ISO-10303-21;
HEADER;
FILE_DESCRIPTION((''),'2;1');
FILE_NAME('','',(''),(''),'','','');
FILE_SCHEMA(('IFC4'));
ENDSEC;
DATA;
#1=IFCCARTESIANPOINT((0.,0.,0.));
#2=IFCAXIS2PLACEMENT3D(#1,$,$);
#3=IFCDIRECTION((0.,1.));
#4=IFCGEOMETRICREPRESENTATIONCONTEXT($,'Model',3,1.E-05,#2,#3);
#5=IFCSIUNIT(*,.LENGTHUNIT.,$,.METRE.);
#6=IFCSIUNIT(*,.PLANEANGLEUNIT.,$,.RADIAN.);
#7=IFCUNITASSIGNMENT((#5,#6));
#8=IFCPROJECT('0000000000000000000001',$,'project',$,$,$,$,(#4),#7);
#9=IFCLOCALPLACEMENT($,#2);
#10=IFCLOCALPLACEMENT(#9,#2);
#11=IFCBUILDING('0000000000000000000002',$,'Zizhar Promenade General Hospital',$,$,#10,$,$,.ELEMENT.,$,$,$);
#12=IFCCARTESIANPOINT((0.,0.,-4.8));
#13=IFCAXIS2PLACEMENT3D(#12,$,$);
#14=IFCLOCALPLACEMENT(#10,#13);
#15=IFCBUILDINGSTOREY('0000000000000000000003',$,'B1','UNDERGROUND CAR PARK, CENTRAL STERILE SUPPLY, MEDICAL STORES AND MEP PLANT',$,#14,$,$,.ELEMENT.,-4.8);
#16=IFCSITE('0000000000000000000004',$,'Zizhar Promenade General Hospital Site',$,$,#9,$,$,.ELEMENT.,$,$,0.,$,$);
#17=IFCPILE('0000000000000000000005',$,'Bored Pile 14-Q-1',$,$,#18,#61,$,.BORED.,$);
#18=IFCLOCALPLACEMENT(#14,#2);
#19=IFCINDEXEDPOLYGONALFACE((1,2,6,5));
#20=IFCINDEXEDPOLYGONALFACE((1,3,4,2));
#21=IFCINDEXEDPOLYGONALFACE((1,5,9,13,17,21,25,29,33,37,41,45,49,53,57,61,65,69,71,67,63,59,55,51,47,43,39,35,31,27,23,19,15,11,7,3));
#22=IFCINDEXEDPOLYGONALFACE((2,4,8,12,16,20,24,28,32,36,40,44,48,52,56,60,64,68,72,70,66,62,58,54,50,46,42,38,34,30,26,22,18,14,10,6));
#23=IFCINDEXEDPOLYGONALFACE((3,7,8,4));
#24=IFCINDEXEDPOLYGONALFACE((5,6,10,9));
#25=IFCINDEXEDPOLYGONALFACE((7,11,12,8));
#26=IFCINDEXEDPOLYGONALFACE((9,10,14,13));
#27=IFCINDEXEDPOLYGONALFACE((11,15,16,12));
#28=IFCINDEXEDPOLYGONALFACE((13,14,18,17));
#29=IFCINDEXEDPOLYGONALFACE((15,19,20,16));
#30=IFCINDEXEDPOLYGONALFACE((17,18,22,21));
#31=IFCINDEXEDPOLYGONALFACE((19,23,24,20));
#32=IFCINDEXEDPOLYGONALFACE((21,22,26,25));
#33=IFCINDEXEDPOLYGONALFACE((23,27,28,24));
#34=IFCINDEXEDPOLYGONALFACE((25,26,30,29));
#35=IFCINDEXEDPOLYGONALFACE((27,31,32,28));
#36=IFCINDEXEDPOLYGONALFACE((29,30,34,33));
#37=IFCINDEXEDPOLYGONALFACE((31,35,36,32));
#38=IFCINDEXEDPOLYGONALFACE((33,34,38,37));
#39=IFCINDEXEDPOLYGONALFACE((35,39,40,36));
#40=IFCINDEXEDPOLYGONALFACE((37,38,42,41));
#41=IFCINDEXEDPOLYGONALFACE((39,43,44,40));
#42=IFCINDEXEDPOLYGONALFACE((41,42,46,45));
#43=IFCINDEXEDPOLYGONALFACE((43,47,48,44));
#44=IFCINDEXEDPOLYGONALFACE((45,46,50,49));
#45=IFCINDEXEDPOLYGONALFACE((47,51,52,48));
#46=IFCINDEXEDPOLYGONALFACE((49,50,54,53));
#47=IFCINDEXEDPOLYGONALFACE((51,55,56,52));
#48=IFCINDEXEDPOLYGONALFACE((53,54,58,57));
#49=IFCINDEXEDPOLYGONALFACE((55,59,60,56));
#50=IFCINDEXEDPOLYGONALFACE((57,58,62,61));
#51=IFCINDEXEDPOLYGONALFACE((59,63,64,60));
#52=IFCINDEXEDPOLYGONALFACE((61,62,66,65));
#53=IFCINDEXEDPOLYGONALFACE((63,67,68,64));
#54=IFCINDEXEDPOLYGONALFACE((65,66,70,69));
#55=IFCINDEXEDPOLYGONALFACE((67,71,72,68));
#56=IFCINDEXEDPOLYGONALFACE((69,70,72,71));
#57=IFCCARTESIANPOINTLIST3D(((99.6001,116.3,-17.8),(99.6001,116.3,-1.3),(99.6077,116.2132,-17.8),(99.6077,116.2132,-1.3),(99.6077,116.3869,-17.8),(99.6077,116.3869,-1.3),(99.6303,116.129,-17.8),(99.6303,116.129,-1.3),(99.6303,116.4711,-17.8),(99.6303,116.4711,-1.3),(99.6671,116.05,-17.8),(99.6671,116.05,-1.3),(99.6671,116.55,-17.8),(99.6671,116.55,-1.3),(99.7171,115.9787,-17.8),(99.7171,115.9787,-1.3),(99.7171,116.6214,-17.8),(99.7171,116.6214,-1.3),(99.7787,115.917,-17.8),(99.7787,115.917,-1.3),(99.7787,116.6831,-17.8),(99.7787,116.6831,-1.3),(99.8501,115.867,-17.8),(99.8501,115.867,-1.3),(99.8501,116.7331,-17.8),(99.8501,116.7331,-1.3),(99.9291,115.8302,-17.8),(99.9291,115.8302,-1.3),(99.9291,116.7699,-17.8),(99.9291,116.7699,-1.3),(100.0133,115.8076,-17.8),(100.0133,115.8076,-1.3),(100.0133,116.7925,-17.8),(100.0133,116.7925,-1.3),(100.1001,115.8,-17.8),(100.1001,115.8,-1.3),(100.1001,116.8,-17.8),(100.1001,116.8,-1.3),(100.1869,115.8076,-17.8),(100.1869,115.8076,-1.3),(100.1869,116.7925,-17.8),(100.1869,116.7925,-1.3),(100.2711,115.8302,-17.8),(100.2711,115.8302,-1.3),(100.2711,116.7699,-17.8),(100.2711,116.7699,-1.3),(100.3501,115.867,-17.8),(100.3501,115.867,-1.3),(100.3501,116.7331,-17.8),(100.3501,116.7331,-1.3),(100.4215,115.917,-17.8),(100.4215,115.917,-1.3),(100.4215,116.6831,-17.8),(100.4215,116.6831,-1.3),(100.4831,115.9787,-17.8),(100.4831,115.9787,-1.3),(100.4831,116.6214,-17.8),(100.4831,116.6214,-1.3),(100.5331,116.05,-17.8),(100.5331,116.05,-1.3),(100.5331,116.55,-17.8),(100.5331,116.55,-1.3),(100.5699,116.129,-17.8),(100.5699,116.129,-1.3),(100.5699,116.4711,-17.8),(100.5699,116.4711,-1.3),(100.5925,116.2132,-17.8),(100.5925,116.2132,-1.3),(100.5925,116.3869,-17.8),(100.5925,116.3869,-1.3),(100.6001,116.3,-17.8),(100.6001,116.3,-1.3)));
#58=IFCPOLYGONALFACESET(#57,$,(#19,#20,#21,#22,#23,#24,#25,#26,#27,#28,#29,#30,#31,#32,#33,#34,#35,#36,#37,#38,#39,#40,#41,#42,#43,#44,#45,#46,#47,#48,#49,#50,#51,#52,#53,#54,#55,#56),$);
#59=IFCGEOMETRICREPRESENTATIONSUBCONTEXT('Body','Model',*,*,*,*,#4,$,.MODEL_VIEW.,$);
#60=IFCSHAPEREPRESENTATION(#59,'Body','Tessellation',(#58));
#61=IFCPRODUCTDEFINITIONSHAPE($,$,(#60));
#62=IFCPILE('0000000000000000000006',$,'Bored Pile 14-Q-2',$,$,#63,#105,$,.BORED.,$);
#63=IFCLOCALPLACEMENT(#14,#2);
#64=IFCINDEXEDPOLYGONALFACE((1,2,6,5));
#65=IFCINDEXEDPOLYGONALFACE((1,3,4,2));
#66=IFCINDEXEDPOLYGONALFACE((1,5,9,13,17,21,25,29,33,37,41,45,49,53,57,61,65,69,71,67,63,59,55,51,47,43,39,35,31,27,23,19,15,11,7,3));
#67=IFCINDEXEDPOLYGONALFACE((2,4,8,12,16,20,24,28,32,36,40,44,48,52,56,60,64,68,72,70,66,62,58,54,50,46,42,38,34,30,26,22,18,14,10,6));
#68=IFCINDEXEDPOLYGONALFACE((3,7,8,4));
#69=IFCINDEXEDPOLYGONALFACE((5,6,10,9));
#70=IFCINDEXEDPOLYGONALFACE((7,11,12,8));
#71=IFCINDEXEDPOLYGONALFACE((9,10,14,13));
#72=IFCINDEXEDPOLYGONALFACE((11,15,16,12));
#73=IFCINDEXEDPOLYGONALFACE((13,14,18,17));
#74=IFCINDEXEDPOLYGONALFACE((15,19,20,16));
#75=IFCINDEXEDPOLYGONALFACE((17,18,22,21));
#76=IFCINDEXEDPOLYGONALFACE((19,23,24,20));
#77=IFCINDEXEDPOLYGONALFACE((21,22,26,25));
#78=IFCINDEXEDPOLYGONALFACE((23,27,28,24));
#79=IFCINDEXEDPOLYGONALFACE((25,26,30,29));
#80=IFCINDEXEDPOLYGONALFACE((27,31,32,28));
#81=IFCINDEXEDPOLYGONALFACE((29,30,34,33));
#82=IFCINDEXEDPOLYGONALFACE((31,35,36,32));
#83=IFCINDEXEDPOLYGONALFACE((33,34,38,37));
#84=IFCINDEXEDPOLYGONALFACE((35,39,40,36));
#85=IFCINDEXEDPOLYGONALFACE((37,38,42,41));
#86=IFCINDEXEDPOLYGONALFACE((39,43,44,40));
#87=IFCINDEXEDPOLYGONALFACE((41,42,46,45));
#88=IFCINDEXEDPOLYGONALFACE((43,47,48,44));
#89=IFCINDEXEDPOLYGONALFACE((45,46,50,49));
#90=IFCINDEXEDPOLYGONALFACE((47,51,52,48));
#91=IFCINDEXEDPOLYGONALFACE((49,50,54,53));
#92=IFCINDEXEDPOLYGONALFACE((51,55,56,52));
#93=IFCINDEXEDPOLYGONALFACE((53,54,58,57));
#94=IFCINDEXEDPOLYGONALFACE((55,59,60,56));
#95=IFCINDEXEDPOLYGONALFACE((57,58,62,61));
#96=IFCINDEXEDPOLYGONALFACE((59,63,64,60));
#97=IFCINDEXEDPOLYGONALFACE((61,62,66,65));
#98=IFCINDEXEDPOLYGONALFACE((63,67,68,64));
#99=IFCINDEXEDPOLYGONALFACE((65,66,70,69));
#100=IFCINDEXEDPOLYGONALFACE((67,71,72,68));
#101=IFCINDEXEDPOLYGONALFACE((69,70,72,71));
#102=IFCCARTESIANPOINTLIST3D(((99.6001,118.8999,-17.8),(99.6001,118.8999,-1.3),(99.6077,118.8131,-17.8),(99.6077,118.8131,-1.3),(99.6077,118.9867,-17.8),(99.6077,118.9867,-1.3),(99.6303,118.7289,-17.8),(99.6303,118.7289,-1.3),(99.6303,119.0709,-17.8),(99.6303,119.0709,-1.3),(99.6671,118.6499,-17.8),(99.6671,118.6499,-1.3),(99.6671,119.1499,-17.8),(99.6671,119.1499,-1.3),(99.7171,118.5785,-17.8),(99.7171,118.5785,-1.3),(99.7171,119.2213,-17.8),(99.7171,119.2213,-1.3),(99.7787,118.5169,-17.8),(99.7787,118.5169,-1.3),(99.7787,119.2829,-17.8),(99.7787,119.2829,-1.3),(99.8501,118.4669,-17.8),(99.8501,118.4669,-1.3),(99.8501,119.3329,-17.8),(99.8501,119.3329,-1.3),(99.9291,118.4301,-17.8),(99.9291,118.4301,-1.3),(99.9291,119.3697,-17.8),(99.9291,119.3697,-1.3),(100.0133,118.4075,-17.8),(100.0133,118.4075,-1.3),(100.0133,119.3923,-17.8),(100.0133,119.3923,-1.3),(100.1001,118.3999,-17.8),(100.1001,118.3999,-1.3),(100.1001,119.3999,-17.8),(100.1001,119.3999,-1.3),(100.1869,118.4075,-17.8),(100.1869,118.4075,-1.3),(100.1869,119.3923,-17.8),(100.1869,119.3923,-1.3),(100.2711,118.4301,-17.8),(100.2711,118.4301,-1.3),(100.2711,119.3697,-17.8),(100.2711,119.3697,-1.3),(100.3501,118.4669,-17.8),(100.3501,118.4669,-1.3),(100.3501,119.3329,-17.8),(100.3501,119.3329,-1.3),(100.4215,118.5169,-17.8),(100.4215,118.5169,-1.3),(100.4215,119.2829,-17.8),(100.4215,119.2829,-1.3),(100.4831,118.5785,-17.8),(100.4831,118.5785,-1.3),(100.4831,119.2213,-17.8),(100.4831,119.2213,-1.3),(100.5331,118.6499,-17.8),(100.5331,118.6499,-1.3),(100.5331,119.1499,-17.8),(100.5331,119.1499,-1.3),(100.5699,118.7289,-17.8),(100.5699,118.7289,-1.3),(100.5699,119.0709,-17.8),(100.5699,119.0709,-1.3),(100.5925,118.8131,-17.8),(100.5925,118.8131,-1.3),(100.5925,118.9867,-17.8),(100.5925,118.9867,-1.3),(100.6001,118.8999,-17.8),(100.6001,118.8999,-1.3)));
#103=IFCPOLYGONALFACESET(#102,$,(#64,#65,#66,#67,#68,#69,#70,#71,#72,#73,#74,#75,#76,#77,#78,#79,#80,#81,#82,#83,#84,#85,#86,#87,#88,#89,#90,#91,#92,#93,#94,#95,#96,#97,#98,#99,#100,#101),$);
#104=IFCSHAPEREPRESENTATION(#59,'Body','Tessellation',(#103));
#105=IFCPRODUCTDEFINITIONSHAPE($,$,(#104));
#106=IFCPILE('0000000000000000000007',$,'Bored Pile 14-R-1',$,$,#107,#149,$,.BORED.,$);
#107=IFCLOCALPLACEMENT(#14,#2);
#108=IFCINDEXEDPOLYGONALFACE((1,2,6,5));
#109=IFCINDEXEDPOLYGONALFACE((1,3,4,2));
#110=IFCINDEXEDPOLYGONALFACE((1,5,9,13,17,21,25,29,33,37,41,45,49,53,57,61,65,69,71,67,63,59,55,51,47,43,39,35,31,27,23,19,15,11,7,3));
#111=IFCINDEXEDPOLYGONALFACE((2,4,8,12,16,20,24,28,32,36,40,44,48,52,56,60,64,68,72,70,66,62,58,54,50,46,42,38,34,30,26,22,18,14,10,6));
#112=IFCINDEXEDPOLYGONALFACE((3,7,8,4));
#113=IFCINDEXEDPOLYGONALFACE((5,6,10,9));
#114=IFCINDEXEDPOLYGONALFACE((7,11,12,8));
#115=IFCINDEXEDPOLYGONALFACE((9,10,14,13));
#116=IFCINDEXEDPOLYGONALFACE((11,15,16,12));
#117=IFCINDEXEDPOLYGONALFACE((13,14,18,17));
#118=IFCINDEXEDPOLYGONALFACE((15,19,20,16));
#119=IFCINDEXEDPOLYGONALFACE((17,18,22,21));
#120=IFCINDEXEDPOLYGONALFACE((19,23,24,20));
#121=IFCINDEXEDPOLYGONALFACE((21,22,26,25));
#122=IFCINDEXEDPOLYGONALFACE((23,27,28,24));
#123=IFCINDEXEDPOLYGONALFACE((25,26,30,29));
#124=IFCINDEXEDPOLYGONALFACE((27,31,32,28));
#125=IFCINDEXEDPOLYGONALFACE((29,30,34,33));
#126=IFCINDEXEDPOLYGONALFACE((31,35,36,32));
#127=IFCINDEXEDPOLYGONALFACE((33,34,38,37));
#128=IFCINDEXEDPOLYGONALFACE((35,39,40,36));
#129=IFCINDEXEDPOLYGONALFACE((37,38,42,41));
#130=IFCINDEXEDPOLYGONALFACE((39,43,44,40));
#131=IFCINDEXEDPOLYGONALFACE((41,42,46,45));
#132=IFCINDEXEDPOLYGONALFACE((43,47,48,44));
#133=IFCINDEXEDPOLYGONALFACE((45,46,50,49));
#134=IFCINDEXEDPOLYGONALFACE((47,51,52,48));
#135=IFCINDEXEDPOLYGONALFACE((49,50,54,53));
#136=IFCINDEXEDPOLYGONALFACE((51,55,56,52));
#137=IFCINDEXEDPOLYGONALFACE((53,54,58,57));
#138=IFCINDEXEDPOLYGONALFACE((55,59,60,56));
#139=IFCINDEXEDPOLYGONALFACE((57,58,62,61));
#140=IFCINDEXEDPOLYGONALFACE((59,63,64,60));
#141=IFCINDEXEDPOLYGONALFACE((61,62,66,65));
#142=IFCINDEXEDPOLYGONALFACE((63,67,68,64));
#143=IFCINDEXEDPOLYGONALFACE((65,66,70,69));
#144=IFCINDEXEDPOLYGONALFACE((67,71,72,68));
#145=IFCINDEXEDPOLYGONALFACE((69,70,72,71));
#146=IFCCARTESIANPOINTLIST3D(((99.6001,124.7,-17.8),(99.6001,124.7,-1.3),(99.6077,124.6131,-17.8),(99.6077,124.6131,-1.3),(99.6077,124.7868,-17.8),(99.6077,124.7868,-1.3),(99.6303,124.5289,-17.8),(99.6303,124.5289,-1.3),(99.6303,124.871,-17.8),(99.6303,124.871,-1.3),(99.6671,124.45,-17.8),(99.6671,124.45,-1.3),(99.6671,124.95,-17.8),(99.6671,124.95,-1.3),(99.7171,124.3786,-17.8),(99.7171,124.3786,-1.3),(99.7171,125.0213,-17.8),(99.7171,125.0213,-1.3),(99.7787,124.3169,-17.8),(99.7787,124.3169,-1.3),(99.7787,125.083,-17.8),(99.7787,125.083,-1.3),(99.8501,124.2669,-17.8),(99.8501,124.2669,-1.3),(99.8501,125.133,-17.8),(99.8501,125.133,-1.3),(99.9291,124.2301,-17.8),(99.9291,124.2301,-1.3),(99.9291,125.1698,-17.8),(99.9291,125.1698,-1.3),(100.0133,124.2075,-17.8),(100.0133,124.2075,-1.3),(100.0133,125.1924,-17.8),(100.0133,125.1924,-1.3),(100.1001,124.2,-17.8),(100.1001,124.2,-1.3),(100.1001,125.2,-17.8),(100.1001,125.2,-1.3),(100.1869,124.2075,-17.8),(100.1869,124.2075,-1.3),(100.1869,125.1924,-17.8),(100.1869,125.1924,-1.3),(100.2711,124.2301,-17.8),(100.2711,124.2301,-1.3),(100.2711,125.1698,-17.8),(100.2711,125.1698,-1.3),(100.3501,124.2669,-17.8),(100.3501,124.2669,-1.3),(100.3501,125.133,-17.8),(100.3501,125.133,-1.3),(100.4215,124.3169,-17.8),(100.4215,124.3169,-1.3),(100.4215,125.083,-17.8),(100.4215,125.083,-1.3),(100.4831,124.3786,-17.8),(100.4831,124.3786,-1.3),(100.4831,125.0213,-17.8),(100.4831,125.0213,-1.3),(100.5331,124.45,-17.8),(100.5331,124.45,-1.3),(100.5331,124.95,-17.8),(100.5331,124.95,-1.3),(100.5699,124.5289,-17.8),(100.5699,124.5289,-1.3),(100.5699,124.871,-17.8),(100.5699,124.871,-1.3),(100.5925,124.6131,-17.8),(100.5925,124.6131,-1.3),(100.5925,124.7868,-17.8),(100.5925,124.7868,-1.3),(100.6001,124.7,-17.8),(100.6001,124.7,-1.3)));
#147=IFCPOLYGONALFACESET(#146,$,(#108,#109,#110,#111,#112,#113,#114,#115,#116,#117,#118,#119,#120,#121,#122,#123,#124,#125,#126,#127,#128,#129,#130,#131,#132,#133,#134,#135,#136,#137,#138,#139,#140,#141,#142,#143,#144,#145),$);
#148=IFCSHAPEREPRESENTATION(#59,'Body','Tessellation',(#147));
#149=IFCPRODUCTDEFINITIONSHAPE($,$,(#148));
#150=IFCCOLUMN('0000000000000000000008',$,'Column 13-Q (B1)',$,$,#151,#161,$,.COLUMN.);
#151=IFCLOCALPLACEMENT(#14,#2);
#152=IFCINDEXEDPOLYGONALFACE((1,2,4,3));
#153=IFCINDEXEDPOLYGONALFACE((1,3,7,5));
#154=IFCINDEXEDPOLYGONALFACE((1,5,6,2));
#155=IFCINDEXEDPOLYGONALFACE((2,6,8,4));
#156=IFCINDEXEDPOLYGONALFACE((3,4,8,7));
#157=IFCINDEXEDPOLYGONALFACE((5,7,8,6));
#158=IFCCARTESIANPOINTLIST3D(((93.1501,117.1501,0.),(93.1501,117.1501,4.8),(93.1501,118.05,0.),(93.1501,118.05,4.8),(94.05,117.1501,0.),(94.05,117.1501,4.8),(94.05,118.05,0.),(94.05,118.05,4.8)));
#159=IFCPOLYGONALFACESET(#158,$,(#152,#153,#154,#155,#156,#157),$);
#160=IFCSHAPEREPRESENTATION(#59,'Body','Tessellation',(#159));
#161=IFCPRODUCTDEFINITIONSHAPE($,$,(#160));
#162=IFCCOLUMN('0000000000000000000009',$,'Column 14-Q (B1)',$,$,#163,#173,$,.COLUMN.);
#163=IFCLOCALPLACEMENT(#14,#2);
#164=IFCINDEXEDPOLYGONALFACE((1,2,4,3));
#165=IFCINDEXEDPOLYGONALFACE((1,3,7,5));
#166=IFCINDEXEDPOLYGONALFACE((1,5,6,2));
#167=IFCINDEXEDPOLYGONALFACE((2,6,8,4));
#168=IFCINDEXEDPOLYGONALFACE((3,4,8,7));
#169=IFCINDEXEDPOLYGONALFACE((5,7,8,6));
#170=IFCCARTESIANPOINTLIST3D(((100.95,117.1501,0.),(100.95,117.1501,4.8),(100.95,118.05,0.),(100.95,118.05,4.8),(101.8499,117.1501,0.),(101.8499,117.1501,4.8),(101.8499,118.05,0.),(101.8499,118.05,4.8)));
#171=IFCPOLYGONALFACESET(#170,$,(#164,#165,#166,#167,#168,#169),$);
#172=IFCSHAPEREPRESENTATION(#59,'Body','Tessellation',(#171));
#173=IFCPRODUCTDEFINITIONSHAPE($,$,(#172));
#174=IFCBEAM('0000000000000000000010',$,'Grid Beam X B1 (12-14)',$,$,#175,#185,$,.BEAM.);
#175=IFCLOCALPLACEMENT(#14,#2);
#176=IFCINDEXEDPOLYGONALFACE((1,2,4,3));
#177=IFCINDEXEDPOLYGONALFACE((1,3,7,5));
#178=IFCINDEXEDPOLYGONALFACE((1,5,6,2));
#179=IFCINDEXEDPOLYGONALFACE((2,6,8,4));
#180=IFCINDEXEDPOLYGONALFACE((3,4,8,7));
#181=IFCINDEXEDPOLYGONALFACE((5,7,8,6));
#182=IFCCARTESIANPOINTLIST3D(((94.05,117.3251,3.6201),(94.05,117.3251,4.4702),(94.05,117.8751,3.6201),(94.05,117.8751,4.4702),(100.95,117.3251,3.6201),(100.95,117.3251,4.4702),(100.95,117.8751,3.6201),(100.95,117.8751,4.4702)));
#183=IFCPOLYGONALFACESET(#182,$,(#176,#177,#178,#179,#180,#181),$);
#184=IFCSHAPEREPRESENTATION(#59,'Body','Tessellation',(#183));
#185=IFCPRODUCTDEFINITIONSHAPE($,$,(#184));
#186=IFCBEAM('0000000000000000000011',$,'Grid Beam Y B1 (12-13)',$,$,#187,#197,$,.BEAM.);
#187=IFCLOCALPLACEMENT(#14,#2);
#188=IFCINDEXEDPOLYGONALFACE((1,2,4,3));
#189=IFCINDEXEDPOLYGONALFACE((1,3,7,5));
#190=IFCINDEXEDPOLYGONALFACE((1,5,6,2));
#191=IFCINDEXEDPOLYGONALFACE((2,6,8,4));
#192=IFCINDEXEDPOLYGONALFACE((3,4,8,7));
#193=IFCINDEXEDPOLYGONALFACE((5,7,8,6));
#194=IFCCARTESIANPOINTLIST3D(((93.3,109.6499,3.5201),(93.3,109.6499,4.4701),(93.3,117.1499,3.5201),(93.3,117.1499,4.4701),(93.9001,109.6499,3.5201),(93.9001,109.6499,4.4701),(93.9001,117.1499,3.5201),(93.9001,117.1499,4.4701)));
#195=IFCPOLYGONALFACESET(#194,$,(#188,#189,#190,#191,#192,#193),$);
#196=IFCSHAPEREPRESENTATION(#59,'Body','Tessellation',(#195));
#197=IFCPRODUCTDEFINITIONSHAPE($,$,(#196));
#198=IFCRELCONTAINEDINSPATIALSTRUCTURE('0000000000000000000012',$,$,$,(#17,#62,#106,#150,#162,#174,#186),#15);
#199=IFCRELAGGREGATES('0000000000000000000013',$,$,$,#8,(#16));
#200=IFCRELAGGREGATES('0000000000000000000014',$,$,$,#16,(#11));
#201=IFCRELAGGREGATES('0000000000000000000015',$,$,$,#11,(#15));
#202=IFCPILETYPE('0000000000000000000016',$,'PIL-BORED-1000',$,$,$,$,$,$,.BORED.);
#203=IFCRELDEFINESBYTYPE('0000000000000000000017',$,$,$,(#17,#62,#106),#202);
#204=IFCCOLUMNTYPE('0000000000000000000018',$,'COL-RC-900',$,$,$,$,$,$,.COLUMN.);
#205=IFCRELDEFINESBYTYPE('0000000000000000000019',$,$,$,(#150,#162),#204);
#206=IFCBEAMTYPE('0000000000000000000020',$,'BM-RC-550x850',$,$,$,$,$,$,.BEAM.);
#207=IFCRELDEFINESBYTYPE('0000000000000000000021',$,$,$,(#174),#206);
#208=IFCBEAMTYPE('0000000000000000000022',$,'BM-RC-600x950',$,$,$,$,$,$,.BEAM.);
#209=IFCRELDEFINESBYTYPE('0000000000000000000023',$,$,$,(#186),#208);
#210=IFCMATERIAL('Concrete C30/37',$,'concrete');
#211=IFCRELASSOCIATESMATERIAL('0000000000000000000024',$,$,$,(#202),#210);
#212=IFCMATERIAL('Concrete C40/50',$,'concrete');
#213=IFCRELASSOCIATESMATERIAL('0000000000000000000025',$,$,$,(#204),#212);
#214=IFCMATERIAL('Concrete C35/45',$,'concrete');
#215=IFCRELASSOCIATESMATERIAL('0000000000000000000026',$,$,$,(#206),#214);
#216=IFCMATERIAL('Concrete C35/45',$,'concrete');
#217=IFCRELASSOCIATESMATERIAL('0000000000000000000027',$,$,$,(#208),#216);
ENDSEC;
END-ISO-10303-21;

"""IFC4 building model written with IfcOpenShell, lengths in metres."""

from ifc_helpers import new_model, si_unit, direction, frame, origin, origin_2d, place, context, subcontext, project, spatial, rectangle, circle, extrude, material, material_profile, profile_set, type_object, element, save


model = new_model("IFC4")

# Units and contexts
model_context = context("Model", 3, precision=1e-05, world=origin(), true_north=direction((0.0, 1.0)))
body_context = subcontext(model_context, "Body", "Model", "MODEL_VIEW")
ifc_project = project(units=[si_unit("LENGTHUNIT", "METRE"), si_unit("PLANEANGLEUNIT", "RADIAN")], contexts=[model_context])

# Site, building, storey
site_placement = place(None, origin())
site = spatial("IfcSite", under=ifc_project, at=site_placement, Name="Zizhar Promenade General Hospital Site", CompositionType="ELEMENT", RefElevation=0.0)
building_placement = place(site_placement, origin())
building = spatial("IfcBuilding", under=site, at=building_placement, Name="Zizhar Promenade General Hospital", CompositionType="ELEMENT")
storey_placement = place(building_placement, frame((0.0, 0.0, -4.8)))
storey = spatial("IfcBuildingStorey", under=building, at=storey_placement, Name="B1", Description="UNDERGROUND CAR PARK, CENTRAL STERILE SUPPLY, MEDICAL STORES AND MEP PLANT", CompositionType="ELEMENT", Elevation=-4.8)

# Piles
ifc_material_1 = material(Name="Concrete C30/37", Category="concrete")
ifc_material_profile_1 = material_profile(ifc_material_1, circle(Radius=0.5, at=origin_2d()))
ifc_profile_set_1 = profile_set([ifc_material_profile_1], Name="Concrete C30/37")
pile_type = type_object("IfcPileType", Name="PIL-BORED-1000", PredefinedType="BORED", material=ifc_profile_set_1)
for number, where, z_axis, x_axis, name in (
    (1, (100.1001, 116.3, -1.3), (0.0, 0.0, -1.0), (1.0, 0.0, 0.0), "Bored Pile 14-Q-1"),
    (2, (100.1001, 118.8999, -1.3), (0.0, 0.0, -1.0), (1.0, 0.0, 0.0), "Bored Pile 14-Q-2"),
    (3, (100.1001, 124.7, -1.3), (0.0, 0.0, -1.0), (1.0, 0.0, 0.0), "Bored Pile 14-R-1"),
):
    element("IfcPile", number, at=place(storey_placement, frame(where, z_axis=z_axis, x_axis=x_axis)), inside=storey, type_object=pile_type, Name=name, PredefinedType="BORED", context=body_context, shape_type="SweptSolid", body=[
        extrude(circle(Radius=0.5, at=origin_2d()), origin(), (0.0, 0.0, 1.0), 16.5),
    ])

# Columns
ifc_material_2 = material(Name="Concrete C40/50", Category="concrete")
ifc_material_profile_2 = material_profile(ifc_material_2, rectangle(XDim=0.8999, YDim=0.8999, at=origin_2d()))
ifc_profile_set_2 = profile_set([ifc_material_profile_2], Name="Concrete C40/50")
column_type = type_object("IfcColumnType", Name="COL-RC-900", PredefinedType="COLUMN", material=ifc_profile_set_2)
for number, where, z_axis, x_axis, name in (
    (4, (93.6001, 117.6001, 0.0), (0.0, 0.0, 1.0), (1.0, 0.0, 0.0), "Column 13-Q (B1)"),
    (5, (101.3999, 117.6001, 0.0), (0.0, 0.0, 1.0), (1.0, 0.0, 0.0), "Column 14-Q (B1)"),
):
    element("IfcColumn", number, at=place(storey_placement, frame(where, z_axis=z_axis, x_axis=x_axis)), inside=storey, type_object=column_type, Name=name, PredefinedType="COLUMN", context=body_context, shape_type="SweptSolid", body=[
        extrude(rectangle(XDim=0.8999, YDim=0.8999, at=origin_2d()), origin(), (0.0, 0.0, 1.0), 4.8),
    ])

# Beams
ifc_material_3 = material(Name="Concrete C35/45", Category="concrete")
ifc_material_profile_3 = material_profile(ifc_material_3, rectangle(XDim=0.55, YDim=0.8501, at=origin_2d()))
ifc_profile_set_3 = profile_set([ifc_material_profile_3], Name="Concrete C35/45")
beam_type_1 = type_object("IfcBeamType", Name="BM-RC-550x850", PredefinedType="BEAM", material=ifc_profile_set_3)
beam_placement = place(storey_placement, frame((94.05, 117.6001, 4.0452), z_axis=(1.0, 0.0, 0.0), x_axis=(0.0, 1.0, 0.0)))
element("IfcBeam", 6, at=beam_placement, inside=storey, type_object=beam_type_1, Name="Grid Beam X B1 (12-14)", PredefinedType="BEAM", context=body_context, shape_type="SweptSolid", body=[
    extrude(rectangle(XDim=0.55, YDim=0.8501, at=origin_2d()), origin(), (0.0, 0.0, 1.0), 6.8999),
])
ifc_material_4 = material(Name="Concrete C35/45", Category="concrete")
ifc_material_profile_4 = material_profile(ifc_material_4, rectangle(XDim=0.6001, YDim=0.95, at=origin_2d()))
ifc_profile_set_4 = profile_set([ifc_material_profile_4], Name="Concrete C35/45")
beam_type_2 = type_object("IfcBeamType", Name="BM-RC-600x950", PredefinedType="BEAM", material=ifc_profile_set_4)
for number, where, z_axis, x_axis, name in (
    (7, (93.6001, 109.6499, 3.9951), (0.0, 1.0, 0.0), (-1.0, 0.0, 0.0), "Grid Beam Y B1 (12-13)"),
):
    element("IfcBeam", number, at=place(storey_placement, frame(where, z_axis=z_axis, x_axis=x_axis)), inside=storey, type_object=beam_type_2, Name=name, PredefinedType="BEAM", context=body_context, shape_type="SweptSolid", body=[
        extrude(rectangle(XDim=0.6001, YDim=0.95, at=origin_2d()), origin(), (0.0, 0.0, 1.0), 7.5),
    ])

save(model, "model.ifc")
